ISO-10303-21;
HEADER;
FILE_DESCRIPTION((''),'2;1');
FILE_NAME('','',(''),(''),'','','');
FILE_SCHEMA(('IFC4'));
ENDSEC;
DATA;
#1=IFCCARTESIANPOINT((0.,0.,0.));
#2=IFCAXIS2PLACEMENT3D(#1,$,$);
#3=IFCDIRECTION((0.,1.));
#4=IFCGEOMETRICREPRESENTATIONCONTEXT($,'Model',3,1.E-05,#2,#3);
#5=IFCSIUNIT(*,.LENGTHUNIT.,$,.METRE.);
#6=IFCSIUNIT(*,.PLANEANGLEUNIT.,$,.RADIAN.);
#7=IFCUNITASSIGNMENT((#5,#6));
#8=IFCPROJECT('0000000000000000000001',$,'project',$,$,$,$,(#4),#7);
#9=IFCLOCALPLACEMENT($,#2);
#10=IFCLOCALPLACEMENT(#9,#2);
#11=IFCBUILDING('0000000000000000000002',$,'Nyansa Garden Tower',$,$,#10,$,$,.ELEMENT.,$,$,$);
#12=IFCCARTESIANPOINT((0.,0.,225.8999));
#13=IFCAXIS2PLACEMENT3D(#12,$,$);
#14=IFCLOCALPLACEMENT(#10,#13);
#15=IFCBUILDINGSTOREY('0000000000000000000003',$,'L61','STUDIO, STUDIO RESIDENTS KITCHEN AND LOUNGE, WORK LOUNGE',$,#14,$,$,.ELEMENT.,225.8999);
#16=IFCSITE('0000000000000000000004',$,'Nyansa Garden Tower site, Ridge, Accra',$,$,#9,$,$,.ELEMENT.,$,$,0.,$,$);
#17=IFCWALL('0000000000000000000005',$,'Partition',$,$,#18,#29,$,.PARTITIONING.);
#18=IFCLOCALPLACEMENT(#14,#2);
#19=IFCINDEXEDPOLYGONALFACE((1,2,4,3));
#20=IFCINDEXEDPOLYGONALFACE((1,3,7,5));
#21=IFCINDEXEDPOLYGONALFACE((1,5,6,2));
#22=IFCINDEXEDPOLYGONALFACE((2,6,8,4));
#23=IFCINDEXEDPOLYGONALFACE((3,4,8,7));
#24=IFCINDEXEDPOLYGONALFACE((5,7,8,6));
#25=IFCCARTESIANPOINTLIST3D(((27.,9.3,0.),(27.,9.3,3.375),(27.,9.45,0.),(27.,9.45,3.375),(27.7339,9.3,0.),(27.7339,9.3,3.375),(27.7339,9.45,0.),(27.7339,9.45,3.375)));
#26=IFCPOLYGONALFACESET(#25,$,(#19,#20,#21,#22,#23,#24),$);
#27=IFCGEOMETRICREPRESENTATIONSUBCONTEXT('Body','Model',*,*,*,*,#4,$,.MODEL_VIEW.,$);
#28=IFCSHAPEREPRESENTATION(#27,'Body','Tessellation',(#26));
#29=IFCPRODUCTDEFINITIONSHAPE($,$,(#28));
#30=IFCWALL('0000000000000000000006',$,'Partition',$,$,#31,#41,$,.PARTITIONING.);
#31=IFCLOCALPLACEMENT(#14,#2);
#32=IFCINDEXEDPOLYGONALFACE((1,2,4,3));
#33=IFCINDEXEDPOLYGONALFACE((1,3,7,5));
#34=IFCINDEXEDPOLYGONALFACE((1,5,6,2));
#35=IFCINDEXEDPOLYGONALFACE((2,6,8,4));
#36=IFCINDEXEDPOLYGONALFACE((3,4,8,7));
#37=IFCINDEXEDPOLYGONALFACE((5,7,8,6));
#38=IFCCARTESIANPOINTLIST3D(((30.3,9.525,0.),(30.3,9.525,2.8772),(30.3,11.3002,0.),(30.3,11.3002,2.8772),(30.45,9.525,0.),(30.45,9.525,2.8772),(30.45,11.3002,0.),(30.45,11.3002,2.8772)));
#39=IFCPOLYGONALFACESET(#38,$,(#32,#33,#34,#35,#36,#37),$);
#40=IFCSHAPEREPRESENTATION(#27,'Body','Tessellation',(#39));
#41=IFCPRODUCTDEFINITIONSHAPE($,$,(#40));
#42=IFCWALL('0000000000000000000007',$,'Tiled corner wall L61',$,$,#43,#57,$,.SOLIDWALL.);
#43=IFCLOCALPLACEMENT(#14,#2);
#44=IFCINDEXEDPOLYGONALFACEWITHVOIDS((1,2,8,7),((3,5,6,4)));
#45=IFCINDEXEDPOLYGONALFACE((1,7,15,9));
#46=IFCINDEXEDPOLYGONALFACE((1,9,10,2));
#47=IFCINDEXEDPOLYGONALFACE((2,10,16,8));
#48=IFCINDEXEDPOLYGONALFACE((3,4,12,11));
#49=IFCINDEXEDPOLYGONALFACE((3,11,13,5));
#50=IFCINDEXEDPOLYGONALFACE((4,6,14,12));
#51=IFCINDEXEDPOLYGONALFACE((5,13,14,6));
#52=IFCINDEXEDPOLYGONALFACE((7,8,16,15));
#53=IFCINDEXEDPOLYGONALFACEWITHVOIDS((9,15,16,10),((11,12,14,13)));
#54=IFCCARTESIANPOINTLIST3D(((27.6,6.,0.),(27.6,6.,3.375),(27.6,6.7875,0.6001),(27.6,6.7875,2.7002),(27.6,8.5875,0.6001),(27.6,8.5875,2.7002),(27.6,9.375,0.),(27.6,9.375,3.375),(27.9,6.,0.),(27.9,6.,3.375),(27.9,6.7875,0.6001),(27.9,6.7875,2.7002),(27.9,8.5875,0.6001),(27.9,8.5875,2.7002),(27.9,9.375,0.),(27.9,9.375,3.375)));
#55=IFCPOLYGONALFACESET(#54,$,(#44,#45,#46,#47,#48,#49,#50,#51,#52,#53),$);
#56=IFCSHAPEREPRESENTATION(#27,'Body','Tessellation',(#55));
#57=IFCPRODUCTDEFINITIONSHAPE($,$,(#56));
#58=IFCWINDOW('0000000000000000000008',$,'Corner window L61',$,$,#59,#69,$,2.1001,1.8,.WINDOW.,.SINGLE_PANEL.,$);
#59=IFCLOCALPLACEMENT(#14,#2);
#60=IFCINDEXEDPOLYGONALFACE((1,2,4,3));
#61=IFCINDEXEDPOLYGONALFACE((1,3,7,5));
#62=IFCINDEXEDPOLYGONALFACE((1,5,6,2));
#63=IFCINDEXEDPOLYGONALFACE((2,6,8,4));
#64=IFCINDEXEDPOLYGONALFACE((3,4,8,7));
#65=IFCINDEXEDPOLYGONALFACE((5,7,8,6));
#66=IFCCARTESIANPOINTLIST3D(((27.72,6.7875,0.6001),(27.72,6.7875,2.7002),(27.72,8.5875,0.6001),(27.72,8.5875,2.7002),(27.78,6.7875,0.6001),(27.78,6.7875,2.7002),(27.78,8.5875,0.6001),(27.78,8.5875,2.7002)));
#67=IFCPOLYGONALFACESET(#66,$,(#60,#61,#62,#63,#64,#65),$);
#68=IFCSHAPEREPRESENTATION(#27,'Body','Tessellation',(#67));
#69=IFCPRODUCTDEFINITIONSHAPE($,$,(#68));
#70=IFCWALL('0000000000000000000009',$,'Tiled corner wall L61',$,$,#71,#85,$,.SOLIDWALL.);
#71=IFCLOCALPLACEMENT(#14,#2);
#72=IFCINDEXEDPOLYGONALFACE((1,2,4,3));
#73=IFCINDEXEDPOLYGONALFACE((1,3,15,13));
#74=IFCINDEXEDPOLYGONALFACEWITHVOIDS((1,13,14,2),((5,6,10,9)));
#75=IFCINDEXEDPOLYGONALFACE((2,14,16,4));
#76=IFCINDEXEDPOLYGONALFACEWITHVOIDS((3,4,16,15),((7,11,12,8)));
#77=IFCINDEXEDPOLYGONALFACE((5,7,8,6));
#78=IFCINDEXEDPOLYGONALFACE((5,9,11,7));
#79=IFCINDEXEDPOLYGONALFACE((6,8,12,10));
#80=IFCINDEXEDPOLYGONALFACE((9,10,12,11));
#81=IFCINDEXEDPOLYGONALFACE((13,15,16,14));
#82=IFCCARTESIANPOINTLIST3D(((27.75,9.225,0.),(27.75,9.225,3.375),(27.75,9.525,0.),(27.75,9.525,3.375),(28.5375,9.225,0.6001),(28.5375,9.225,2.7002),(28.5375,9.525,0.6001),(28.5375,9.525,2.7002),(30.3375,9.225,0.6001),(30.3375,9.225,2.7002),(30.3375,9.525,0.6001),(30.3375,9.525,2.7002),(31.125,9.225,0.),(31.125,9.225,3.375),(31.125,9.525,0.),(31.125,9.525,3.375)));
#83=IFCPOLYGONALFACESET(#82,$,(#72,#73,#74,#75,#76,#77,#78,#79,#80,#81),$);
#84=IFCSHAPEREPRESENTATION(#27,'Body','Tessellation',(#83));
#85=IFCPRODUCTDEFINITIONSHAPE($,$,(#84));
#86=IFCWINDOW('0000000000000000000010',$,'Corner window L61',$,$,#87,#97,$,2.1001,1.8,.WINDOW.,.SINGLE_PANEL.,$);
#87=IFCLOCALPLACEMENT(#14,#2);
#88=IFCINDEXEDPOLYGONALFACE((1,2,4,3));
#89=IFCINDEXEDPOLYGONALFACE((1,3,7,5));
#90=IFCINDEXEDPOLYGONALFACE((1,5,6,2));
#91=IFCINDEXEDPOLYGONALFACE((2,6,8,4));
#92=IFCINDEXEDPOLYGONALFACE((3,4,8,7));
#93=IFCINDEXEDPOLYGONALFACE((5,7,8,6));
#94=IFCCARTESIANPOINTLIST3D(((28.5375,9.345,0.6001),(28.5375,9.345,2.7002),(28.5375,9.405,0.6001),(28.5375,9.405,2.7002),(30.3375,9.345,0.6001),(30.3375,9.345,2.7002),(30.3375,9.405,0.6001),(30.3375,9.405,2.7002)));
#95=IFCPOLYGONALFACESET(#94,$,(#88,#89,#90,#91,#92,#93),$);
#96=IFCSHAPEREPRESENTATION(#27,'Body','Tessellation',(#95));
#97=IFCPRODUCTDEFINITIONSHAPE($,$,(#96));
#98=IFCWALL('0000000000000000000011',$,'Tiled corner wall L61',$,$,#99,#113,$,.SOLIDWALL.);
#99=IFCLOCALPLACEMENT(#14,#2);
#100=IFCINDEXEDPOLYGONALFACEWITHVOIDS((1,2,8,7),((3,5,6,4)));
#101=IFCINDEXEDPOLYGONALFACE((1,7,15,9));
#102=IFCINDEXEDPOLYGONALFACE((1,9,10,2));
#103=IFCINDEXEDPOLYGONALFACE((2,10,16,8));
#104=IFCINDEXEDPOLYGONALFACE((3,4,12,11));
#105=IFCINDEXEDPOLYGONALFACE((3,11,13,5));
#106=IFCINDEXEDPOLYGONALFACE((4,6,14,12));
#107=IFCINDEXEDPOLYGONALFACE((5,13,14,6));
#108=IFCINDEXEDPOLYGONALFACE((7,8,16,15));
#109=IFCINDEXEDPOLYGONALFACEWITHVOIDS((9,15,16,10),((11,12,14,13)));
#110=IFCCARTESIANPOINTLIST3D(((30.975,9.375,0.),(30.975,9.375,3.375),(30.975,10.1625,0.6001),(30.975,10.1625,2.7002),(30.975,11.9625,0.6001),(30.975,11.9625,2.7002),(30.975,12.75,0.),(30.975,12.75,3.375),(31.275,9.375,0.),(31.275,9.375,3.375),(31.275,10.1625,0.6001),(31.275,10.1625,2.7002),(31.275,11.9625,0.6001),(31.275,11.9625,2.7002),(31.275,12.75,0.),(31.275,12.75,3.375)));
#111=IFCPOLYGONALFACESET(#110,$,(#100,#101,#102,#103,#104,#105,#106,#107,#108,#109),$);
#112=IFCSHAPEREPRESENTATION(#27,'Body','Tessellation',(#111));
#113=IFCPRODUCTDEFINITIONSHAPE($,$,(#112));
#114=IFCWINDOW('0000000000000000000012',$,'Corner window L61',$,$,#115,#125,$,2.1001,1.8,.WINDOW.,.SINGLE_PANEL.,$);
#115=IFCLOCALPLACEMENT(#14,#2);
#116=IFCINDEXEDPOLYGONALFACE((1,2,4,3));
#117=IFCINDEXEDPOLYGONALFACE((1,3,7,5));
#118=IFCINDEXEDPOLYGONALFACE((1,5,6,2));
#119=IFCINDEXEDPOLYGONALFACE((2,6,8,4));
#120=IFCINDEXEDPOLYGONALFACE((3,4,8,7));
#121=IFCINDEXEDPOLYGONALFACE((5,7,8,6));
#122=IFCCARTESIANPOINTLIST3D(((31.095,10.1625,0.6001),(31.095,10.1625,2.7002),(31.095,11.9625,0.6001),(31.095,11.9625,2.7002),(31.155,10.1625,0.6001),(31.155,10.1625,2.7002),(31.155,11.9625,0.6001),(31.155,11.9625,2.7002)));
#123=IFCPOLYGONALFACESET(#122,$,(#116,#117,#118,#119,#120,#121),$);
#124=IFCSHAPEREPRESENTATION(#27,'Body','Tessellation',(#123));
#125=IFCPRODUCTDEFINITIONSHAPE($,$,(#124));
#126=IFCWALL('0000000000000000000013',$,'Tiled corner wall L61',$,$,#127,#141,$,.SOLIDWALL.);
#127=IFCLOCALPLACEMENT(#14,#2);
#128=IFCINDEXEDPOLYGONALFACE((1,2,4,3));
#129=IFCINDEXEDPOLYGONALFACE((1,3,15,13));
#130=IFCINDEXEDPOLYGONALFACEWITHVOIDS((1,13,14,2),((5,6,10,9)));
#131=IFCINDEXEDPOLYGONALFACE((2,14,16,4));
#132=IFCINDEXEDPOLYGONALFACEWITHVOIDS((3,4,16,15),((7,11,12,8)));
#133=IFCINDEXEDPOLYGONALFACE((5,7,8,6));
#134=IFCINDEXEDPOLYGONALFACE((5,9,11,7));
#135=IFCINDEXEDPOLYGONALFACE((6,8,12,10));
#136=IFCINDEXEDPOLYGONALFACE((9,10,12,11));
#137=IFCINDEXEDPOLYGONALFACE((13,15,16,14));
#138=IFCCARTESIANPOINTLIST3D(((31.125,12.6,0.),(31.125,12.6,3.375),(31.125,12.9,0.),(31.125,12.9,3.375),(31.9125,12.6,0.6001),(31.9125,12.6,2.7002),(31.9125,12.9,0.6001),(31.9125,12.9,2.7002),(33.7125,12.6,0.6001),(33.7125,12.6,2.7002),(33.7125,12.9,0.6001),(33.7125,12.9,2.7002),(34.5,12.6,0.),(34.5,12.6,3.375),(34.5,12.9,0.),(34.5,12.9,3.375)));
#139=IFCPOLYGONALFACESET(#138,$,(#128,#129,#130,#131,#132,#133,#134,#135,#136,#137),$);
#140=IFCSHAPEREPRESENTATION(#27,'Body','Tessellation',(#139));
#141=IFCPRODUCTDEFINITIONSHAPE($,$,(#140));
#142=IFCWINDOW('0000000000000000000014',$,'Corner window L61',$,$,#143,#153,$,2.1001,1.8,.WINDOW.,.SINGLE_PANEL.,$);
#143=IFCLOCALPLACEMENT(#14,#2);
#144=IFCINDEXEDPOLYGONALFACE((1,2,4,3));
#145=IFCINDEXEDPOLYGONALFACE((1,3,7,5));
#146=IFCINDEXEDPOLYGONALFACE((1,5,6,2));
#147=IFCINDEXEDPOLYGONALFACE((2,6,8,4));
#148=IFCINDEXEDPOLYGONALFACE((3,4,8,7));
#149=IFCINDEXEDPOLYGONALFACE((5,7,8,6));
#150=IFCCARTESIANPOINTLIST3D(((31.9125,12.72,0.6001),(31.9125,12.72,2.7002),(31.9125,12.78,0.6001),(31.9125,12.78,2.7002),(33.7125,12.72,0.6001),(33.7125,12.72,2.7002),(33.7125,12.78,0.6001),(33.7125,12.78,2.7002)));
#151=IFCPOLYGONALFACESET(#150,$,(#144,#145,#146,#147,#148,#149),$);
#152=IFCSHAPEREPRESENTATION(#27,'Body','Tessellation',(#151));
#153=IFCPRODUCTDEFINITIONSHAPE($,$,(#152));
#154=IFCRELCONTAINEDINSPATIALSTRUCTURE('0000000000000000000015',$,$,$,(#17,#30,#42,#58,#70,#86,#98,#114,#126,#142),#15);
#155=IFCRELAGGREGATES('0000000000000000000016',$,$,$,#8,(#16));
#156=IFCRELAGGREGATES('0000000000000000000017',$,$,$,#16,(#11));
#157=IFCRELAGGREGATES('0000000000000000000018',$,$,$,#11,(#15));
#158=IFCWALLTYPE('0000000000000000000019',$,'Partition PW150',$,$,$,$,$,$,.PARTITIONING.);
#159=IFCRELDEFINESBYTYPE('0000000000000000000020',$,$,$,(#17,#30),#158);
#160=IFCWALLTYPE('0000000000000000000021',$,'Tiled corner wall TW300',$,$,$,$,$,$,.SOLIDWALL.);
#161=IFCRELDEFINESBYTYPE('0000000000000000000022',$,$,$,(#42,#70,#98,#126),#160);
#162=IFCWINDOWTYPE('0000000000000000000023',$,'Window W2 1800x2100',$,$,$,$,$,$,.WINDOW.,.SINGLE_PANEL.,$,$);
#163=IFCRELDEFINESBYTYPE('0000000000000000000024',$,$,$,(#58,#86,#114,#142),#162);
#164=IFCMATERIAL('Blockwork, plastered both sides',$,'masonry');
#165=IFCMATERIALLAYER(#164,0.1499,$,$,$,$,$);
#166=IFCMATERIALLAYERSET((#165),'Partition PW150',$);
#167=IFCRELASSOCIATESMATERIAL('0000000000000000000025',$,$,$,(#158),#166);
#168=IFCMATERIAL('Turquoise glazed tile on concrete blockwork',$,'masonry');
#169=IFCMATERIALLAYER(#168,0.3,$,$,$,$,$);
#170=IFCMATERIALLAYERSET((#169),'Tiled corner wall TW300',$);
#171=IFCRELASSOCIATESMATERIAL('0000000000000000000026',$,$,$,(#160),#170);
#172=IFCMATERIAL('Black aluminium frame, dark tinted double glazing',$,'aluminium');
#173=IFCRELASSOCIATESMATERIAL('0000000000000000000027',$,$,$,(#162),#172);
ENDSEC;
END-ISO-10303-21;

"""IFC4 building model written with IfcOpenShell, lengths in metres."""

from ifc_helpers import new_model, si_unit, direction, frame, frame_2d, origin, place, context, subcontext, project, spatial, rectangle, extrude, material, layer, layer_set, type_object, element, fill, save


model = new_model("IFC4")

# Units and contexts
model_context = context("Model", 3, precision=1e-05, world=origin(), true_north=direction((0.0, 1.0)))
body_context = subcontext(model_context, "Body", "Model", "MODEL_VIEW")
ifc_project = project(units=[si_unit("LENGTHUNIT", "METRE"), si_unit("PLANEANGLEUNIT", "RADIAN")], contexts=[model_context])

# Site, building, storey
site_placement = place(None, origin())
site = spatial("IfcSite", under=ifc_project, at=site_placement, Name="Nyansa Garden Tower site, Ridge, Accra", CompositionType="ELEMENT", RefElevation=0.0)
building_placement = place(site_placement, origin())
building = spatial("IfcBuilding", under=site, at=building_placement, Name="Nyansa Garden Tower", CompositionType="ELEMENT")
storey_placement = place(building_placement, frame((0.0, 0.0, 225.8999)))
storey = spatial("IfcBuildingStorey", under=building, at=storey_placement, Name="L61", Description="STUDIO, STUDIO RESIDENTS KITCHEN AND LOUNGE, WORK LOUNGE", CompositionType="ELEMENT", Elevation=225.8999)

# Shared definitions
ifc_material_1 = material(Name="Blockwork, plastered both sides", Category="masonry")
ifc_layer_1 = layer(ifc_material_1, 0.1499)
ifc_layer_set_1 = layer_set([ifc_layer_1], Name="Partition PW150")
wall_type_1 = type_object("IfcWallType", Name="Partition PW150", PredefinedType="PARTITIONING", material=ifc_layer_set_1)

# Walls
wall_1_placement = place(storey_placement, frame((27.0, 9.375, 0.0), z_axis=(0.0, 0.0, 1.0), x_axis=(1.0, 0.0, 0.0)))
element("IfcWall", 1, at=wall_1_placement, inside=storey, type_object=wall_type_1, Name="Partition", PredefinedType="PARTITIONING", context=body_context, shape_type="SweptSolid", body=[
    extrude(rectangle(XDim=0.7339, YDim=0.1499, at=frame_2d((0.3669, 0.0))), origin(), (0.0, 0.0, 1.0), 3.375),
])
wall_2_placement = place(storey_placement, frame((30.375, 9.5249, 0.0), z_axis=(0.0, 0.0, 1.0), x_axis=(0.0, 1.0, 0.0)))
element("IfcWall", 2, at=wall_2_placement, inside=storey, type_object=wall_type_1, Name="Partition", PredefinedType="PARTITIONING", context=body_context, shape_type="SweptSolid", body=[
    extrude(rectangle(XDim=1.7751, YDim=0.1499, at=frame_2d((0.8877, 0.0))), origin(), (0.0, 0.0, 1.0), 2.8772),
])

# Walls, openings, windows
ifc_material_2 = material(Name="Turquoise glazed tile on concrete blockwork", Category="masonry")
ifc_layer_2 = layer(ifc_material_2, 0.3)
ifc_layer_set_2 = layer_set([ifc_layer_2], Name="Tiled corner wall TW300")
wall_type_2 = type_object("IfcWallType", Name="Tiled corner wall TW300", PredefinedType="SOLIDWALL", material=ifc_layer_set_2)
wall_3_placement = place(storey_placement, frame((27.75, 6.0, 0.0), z_axis=(0.0, 0.0, 1.0), x_axis=(0.0, 1.0, 0.0)))
wall_3 = element("IfcWall", 3, at=wall_3_placement, inside=storey, type_object=wall_type_2, Name="Tiled corner wall L61", PredefinedType="SOLIDWALL", context=body_context, shape_type="SweptSolid", body=[
    extrude(rectangle(XDim=3.375, YDim=0.3, at=frame_2d((1.6875, 0.0))), origin(), (0.0, 0.0, 1.0), 3.375),
])
opening_1_placement = place(wall_3_placement, frame((0.7876, 0.0, 0.6001)))
opening_1 = element("IfcOpeningElement", 4, at=opening_1_placement, cuts=wall_3, PredefinedType="OPENING", context=body_context, shape_type="SweptSolid", body=[
    extrude(rectangle(XDim=1.8, YDim=2.1001, at=frame_2d((0.8999, 1.05))), frame((0.0, 0.1599, 0.0), z_axis=(0.0, -1.0, 0.0), x_axis=(1.0, 0.0, 0.0)), (0.0, 0.0, 1.0), 0.3201),
])
ifc_material_3 = material(Name="Black aluminium frame, dark tinted double glazing", Category="aluminium")
window_type = type_object("IfcWindowType", Name="Window W2 1800x2100", PartitioningType="SINGLE_PANEL", PredefinedType="WINDOW", material=ifc_material_3)
window_1_placement = place(opening_1_placement, origin())
window_1 = element("IfcWindow", 5, at=window_1_placement, inside=storey, type_object=window_type, Name="Corner window L61", OverallHeight=2.1001, OverallWidth=1.8, PartitioningType="SINGLE_PANEL", PredefinedType="WINDOW", context=body_context, shape_type="SweptSolid", body=[
    extrude(rectangle(XDim=1.8, YDim=2.1001, at=frame_2d((0.8999, 1.05))), frame((0.0, 0.03, 0.0), z_axis=(0.0, -1.0, 0.0), x_axis=(1.0, 0.0, 0.0)), (0.0, 0.0, 1.0), 0.0601),
])
fill(opening_1, window_1)
wall_4_placement = place(storey_placement, frame((27.75, 9.375, 0.0), z_axis=(0.0, 0.0, 1.0), x_axis=(1.0, 0.0, 0.0)))
wall_4 = element("IfcWall", 6, at=wall_4_placement, inside=storey, type_object=wall_type_2, Name="Tiled corner wall L61", PredefinedType="SOLIDWALL", context=body_context, shape_type="SweptSolid", body=[
    extrude(rectangle(XDim=3.375, YDim=0.3, at=frame_2d((1.6875, 0.0))), origin(), (0.0, 0.0, 1.0), 3.375),
])
opening_2_placement = place(wall_4_placement, frame((0.7876, 0.0, 0.6001)))
opening_2 = element("IfcOpeningElement", 7, at=opening_2_placement, cuts=wall_4, PredefinedType="OPENING", context=body_context, shape_type="SweptSolid", body=[
    extrude(rectangle(XDim=1.8, YDim=2.1001, at=frame_2d((0.8999, 1.05))), frame((0.0, 0.1599, 0.0), z_axis=(0.0, -1.0, 0.0), x_axis=(1.0, 0.0, 0.0)), (0.0, 0.0, 1.0), 0.3201),
])
window_2_placement = place(opening_2_placement, origin())
window_2 = element("IfcWindow", 8, at=window_2_placement, inside=storey, type_object=window_type, Name="Corner window L61", OverallHeight=2.1001, OverallWidth=1.8, PartitioningType="SINGLE_PANEL", PredefinedType="WINDOW", context=body_context, shape_type="SweptSolid", body=[
    extrude(rectangle(XDim=1.8, YDim=2.1001, at=frame_2d((0.8999, 1.05))), frame((0.0, 0.03, 0.0), z_axis=(0.0, -1.0, 0.0), x_axis=(1.0, 0.0, 0.0)), (0.0, 0.0, 1.0), 0.0601),
])
fill(opening_2, window_2)
wall_5_placement = place(storey_placement, frame((31.125, 9.375, 0.0), z_axis=(0.0, 0.0, 1.0), x_axis=(0.0, 1.0, 0.0)))
wall_5 = element("IfcWall", 9, at=wall_5_placement, inside=storey, type_object=wall_type_2, Name="Tiled corner wall L61", PredefinedType="SOLIDWALL", context=body_context, shape_type="SweptSolid", body=[
    extrude(rectangle(XDim=3.375, YDim=0.3, at=frame_2d((1.6875, 0.0))), origin(), (0.0, 0.0, 1.0), 3.375),
])
opening_3_placement = place(wall_5_placement, frame((0.7876, 0.0, 0.6001)))
opening_3 = element("IfcOpeningElement", 10, at=opening_3_placement, cuts=wall_5, PredefinedType="OPENING", context=body_context, shape_type="SweptSolid", body=[
    extrude(rectangle(XDim=1.8, YDim=2.1001, at=frame_2d((0.8999, 1.05))), frame((0.0, 0.1599, 0.0), z_axis=(0.0, -1.0, 0.0), x_axis=(1.0, 0.0, 0.0)), (0.0, 0.0, 1.0), 0.3201),
])
window_3_placement = place(opening_3_placement, origin())
window_3 = element("IfcWindow", 11, at=window_3_placement, inside=storey, type_object=window_type, Name="Corner window L61", OverallHeight=2.1001, OverallWidth=1.8, PartitioningType="SINGLE_PANEL", PredefinedType="WINDOW", context=body_context, shape_type="SweptSolid", body=[
    extrude(rectangle(XDim=1.8, YDim=2.1001, at=frame_2d((0.8999, 1.05))), frame((0.0, 0.03, 0.0), z_axis=(0.0, -1.0, 0.0), x_axis=(1.0, 0.0, 0.0)), (0.0, 0.0, 1.0), 0.0601),
])
fill(opening_3, window_3)
wall_6_placement = place(storey_placement, frame((31.125, 12.75, 0.0), z_axis=(0.0, 0.0, 1.0), x_axis=(1.0, 0.0, 0.0)))
wall_6 = element("IfcWall", 12, at=wall_6_placement, inside=storey, type_object=wall_type_2, Name="Tiled corner wall L61", PredefinedType="SOLIDWALL", context=body_context, shape_type="SweptSolid", body=[
    extrude(rectangle(XDim=3.375, YDim=0.3, at=frame_2d((1.6875, 0.0))), origin(), (0.0, 0.0, 1.0), 3.375),
])
opening_4_placement = place(wall_6_placement, frame((0.7876, 0.0, 0.6001)))
opening_4 = element("IfcOpeningElement", 13, at=opening_4_placement, cuts=wall_6, PredefinedType="OPENING", context=body_context, shape_type="SweptSolid", body=[
    extrude(rectangle(XDim=1.8, YDim=2.1001, at=frame_2d((0.8999, 1.05))), frame((0.0, 0.1599, 0.0), z_axis=(0.0, -1.0, 0.0), x_axis=(1.0, 0.0, 0.0)), (0.0, 0.0, 1.0), 0.3201),
])
window_4_placement = place(opening_4_placement, origin())
window_4 = element("IfcWindow", 14, at=window_4_placement, inside=storey, type_object=window_type, Name="Corner window L61", OverallHeight=2.1001, OverallWidth=1.8, PartitioningType="SINGLE_PANEL", PredefinedType="WINDOW", context=body_context, shape_type="SweptSolid", body=[
    extrude(rectangle(XDim=1.8, YDim=2.1001, at=frame_2d((0.8999, 1.05))), frame((0.0, 0.03, 0.0), z_axis=(0.0, -1.0, 0.0), x_axis=(1.0, 0.0, 0.0)), (0.0, 0.0, 1.0), 0.0601),
])
fill(opening_4, window_4)

save(model, "model.ifc")
